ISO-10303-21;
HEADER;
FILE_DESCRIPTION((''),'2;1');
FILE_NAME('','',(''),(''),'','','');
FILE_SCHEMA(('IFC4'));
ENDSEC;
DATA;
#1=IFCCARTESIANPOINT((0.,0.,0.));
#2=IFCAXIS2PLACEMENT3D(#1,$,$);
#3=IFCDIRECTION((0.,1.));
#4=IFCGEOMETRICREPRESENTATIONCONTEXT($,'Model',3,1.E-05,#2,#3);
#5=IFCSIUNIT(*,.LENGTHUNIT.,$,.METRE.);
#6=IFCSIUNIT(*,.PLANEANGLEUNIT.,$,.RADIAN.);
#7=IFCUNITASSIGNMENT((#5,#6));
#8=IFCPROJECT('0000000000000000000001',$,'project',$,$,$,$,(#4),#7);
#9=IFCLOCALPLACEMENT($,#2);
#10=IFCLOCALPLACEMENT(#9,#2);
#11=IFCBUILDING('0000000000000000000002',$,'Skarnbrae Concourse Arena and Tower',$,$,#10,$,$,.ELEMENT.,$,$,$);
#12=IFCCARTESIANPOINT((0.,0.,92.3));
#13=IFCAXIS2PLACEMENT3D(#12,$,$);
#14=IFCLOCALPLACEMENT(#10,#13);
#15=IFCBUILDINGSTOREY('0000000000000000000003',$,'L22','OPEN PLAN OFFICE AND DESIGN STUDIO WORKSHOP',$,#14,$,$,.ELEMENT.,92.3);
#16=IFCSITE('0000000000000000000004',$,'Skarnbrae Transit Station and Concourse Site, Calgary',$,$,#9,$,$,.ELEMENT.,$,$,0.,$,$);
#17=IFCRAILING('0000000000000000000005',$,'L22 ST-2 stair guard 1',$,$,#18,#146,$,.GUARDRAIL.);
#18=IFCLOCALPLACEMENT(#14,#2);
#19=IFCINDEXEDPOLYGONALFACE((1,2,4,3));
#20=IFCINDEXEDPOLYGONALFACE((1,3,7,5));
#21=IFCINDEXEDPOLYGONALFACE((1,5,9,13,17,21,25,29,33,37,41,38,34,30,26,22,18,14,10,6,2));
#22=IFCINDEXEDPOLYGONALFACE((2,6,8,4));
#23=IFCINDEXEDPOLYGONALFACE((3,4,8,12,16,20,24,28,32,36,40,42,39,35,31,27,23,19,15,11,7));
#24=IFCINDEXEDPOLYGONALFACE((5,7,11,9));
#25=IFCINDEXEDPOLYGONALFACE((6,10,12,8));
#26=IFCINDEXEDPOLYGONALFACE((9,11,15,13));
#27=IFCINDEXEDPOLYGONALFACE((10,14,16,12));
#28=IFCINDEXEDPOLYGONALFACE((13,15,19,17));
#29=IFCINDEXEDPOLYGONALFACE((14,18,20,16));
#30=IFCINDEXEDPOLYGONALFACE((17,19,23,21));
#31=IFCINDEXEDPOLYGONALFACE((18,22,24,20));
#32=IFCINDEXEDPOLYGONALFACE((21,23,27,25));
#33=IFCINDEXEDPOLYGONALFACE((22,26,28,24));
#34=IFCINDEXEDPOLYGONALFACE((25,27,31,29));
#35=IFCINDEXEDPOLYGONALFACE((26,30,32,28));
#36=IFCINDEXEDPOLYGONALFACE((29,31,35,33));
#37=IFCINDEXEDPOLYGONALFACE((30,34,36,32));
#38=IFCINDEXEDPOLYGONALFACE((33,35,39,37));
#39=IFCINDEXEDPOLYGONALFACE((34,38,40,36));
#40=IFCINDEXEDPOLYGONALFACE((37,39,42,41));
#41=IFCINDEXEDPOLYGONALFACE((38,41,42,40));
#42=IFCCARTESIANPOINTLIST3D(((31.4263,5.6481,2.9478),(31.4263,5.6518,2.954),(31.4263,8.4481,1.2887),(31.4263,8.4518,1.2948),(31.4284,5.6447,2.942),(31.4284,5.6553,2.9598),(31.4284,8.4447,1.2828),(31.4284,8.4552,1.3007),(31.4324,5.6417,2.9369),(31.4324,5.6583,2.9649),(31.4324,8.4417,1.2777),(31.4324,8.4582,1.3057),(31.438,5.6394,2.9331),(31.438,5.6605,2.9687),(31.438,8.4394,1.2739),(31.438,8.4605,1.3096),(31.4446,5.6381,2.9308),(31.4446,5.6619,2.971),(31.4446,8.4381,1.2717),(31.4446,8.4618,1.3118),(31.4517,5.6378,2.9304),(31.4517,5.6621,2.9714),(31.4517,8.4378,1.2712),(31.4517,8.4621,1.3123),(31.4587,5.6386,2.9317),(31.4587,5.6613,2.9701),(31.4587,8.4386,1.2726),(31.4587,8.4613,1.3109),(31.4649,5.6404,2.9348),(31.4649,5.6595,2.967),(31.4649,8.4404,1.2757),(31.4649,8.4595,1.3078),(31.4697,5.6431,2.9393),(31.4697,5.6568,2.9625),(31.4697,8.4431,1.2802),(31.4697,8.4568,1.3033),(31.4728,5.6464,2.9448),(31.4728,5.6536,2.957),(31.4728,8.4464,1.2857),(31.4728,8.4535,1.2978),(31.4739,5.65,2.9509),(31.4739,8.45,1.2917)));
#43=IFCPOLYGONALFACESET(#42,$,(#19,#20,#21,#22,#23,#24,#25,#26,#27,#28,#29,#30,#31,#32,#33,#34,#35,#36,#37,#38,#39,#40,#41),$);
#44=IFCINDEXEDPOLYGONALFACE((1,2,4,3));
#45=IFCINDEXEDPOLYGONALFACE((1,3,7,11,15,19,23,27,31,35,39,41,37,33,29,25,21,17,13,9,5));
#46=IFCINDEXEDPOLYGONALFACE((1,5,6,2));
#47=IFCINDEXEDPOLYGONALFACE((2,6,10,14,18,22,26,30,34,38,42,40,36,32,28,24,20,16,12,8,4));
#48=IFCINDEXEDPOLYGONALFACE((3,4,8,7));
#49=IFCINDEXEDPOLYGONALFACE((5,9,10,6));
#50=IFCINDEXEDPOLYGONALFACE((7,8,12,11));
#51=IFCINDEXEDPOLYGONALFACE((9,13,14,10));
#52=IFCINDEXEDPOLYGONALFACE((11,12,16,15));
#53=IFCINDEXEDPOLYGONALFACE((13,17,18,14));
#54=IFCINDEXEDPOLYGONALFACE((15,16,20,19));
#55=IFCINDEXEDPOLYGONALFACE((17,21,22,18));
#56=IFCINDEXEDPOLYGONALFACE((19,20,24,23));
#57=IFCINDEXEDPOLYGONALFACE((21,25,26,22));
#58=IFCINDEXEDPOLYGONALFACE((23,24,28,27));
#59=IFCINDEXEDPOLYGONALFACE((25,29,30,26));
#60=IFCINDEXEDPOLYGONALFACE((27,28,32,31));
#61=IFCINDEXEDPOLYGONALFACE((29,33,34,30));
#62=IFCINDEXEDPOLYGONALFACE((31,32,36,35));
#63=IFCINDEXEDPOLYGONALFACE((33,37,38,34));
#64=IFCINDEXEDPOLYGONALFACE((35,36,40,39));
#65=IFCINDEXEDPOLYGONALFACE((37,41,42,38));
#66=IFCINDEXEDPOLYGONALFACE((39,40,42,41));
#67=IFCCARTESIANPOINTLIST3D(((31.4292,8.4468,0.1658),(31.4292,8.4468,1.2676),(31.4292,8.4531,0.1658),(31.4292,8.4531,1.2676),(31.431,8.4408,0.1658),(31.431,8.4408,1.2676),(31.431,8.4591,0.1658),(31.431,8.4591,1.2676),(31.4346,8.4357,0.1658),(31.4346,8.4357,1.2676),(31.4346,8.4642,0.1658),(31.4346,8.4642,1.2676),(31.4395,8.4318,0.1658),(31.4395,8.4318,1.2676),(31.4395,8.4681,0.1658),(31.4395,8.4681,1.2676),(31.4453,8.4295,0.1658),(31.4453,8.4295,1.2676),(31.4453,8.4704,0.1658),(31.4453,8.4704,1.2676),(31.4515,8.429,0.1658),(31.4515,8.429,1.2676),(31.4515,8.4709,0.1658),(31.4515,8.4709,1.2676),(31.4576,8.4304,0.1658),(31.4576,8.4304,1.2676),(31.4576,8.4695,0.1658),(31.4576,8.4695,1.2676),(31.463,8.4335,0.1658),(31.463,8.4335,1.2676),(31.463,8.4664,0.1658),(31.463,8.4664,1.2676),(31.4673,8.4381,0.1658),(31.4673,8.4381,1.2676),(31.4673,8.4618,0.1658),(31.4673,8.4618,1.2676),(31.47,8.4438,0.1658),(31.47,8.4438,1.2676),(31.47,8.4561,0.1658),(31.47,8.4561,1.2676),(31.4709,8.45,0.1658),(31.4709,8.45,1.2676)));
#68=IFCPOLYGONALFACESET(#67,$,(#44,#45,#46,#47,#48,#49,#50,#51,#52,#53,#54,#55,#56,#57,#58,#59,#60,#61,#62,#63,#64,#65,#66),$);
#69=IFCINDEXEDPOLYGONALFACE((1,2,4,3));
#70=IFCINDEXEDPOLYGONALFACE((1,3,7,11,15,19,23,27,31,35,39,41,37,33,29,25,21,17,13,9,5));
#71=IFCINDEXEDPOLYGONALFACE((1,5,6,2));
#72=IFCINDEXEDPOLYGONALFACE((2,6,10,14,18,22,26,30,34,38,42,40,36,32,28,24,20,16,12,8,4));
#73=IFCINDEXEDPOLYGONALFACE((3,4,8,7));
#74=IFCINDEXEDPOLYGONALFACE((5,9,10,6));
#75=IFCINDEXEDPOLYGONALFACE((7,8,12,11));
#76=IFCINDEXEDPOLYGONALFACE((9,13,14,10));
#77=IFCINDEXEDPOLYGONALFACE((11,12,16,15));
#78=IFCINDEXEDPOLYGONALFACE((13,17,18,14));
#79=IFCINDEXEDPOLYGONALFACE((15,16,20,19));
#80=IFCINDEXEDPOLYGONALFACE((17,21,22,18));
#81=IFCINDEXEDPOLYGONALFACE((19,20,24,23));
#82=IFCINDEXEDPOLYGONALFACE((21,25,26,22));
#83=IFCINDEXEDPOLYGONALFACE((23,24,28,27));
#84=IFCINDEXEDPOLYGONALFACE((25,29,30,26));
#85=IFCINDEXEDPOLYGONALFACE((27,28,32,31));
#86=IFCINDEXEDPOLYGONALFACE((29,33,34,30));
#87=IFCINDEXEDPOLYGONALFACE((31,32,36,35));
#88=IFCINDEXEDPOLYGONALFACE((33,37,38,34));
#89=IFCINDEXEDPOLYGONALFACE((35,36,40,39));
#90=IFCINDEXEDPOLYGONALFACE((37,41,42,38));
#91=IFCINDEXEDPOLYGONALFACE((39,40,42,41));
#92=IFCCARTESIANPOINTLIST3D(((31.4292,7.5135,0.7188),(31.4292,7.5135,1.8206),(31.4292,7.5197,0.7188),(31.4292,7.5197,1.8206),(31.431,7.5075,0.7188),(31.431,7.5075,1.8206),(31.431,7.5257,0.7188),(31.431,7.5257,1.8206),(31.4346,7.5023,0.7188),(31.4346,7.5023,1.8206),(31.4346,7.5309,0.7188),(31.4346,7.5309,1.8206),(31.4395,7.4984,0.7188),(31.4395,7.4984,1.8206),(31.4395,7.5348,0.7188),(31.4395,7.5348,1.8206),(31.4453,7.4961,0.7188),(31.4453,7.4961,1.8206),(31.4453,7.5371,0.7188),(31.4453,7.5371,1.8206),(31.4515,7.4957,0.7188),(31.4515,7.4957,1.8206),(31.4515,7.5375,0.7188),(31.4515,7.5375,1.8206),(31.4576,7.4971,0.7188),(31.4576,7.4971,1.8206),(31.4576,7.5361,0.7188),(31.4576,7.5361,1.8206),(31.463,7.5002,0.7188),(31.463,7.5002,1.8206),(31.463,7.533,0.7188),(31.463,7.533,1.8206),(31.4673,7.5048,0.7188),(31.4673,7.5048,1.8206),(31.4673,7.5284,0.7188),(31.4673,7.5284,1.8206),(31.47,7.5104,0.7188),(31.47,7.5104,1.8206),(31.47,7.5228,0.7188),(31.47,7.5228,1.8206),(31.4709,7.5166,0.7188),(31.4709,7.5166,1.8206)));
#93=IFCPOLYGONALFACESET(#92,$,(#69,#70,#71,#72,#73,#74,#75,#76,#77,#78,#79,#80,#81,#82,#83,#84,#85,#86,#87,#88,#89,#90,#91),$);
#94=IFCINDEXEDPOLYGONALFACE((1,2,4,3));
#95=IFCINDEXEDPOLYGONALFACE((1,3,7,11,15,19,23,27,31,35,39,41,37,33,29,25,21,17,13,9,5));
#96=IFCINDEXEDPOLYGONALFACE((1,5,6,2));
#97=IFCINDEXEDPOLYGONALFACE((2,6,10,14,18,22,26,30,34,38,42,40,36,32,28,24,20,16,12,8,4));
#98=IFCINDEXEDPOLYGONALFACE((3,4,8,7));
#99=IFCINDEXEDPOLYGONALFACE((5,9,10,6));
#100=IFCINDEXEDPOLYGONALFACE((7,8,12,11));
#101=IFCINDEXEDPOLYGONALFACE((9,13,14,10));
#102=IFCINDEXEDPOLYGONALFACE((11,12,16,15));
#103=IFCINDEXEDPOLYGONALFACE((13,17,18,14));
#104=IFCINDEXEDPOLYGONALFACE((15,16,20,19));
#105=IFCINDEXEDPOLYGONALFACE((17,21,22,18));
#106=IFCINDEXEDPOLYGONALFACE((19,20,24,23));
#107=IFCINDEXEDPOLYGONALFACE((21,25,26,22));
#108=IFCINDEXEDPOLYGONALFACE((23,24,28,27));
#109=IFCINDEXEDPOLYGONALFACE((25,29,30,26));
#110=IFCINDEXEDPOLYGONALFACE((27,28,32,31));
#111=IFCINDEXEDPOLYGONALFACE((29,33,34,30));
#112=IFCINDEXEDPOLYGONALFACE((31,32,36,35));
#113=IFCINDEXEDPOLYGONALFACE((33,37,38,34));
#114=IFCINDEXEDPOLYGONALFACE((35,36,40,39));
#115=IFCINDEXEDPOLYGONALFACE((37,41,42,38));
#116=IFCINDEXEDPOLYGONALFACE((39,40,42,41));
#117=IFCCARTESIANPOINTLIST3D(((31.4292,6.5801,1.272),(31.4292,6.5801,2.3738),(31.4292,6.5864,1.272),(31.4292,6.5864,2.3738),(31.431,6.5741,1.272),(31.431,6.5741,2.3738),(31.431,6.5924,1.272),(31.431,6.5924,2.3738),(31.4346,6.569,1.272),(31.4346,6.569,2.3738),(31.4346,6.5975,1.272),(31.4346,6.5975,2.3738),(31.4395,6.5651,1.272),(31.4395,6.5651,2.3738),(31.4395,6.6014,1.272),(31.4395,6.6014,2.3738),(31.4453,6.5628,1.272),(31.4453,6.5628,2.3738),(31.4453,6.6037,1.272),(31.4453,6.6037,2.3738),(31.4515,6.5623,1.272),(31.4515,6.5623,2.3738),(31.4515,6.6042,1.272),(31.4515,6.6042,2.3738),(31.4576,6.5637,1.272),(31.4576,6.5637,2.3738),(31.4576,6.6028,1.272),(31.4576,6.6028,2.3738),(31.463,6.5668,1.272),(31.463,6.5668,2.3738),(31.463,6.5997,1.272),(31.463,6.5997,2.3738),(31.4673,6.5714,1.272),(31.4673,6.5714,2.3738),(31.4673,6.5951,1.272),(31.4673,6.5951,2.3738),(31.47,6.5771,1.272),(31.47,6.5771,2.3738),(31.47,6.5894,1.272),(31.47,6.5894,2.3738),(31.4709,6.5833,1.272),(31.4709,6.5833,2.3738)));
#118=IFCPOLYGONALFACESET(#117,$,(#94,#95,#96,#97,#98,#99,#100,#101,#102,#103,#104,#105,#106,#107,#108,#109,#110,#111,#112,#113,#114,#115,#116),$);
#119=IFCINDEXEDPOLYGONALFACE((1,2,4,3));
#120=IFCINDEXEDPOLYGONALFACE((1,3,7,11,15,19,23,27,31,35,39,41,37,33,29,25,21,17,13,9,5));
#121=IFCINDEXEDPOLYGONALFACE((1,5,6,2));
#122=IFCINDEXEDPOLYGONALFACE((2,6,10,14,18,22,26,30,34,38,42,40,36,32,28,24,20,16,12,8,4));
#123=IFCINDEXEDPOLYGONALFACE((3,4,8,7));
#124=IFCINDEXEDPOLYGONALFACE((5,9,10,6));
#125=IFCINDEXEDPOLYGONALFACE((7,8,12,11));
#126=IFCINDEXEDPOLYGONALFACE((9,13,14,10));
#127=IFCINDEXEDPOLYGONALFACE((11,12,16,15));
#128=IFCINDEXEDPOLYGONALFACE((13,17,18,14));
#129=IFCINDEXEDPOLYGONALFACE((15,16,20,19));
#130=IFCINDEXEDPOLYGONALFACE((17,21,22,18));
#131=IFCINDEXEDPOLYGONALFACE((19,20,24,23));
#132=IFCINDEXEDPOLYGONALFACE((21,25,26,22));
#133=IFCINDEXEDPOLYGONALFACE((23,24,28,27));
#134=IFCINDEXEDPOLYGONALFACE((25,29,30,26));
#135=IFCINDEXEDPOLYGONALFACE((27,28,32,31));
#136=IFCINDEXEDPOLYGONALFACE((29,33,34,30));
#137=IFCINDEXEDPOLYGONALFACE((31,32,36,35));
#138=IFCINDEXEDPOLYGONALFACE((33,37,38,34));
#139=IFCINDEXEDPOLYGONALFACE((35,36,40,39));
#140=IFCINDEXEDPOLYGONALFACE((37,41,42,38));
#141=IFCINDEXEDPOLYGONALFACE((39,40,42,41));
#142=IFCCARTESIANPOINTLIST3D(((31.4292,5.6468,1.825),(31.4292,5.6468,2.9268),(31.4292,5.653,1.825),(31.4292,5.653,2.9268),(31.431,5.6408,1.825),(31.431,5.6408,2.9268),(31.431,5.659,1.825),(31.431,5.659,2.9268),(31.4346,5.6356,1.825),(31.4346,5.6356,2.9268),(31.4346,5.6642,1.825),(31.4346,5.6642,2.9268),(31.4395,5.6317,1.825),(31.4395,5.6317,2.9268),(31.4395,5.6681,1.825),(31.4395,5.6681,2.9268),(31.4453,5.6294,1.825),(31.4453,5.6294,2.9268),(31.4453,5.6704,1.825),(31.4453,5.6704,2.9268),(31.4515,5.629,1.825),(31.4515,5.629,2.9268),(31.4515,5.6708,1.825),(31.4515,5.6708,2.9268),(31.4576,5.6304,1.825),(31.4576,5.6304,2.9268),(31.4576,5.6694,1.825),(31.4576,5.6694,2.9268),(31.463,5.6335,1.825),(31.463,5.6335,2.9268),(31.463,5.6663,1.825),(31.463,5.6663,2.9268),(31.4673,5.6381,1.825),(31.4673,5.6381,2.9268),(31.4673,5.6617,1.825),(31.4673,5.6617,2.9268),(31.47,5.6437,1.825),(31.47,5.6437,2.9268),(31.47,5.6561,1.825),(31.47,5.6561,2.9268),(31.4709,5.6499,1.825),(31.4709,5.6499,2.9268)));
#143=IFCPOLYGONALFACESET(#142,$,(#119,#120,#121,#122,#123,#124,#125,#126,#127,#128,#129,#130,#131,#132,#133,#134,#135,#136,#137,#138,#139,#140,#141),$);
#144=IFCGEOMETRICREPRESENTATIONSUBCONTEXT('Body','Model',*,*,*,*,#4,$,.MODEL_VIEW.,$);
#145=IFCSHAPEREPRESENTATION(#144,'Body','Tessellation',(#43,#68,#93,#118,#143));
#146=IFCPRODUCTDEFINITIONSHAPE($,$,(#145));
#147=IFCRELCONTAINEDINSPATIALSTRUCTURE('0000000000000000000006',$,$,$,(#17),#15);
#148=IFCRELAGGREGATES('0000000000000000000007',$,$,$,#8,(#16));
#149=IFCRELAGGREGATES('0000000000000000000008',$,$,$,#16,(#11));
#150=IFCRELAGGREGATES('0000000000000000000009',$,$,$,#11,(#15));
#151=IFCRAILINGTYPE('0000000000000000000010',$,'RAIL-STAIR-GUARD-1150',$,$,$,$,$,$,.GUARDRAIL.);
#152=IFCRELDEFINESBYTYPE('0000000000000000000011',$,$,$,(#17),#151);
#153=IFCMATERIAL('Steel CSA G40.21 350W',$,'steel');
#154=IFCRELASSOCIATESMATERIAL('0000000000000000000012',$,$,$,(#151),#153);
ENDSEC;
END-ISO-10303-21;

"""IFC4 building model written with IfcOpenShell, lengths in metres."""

from ifc_helpers import new_model, si_unit, direction, frame, origin, origin_2d, place, context, subcontext, project, spatial, circle, extrude, material, type_object, element, save


model = new_model("IFC4")

# Units and contexts
model_context = context("Model", 3, precision=1e-05, world=origin(), true_north=direction((0.0, 1.0)))
body_context = subcontext(model_context, "Body", "Model", "MODEL_VIEW")
ifc_project = project(units=[si_unit("LENGTHUNIT", "METRE"), si_unit("PLANEANGLEUNIT", "RADIAN")], contexts=[model_context])

# Site, building, storey
site_placement = place(None, origin())
site = spatial("IfcSite", under=ifc_project, at=site_placement, Name="Skarnbrae Transit Station and Concourse Site, Calgary", CompositionType="ELEMENT", RefElevation=0.0)
building_placement = place(site_placement, origin())
building = spatial("IfcBuilding", under=site, at=building_placement, Name="Skarnbrae Concourse Arena and Tower", CompositionType="ELEMENT")
storey_placement = place(building_placement, frame((0.0, 0.0, 92.3)))
storey = spatial("IfcBuildingStorey", under=building, at=storey_placement, Name="L22", Description="OPEN PLAN OFFICE AND DESIGN STUDIO WORKSHOP", CompositionType="ELEMENT", Elevation=92.3)

# Shared definitions
ifc_material_1 = material(Name="Steel CSA G40.21 350W", Category="steel")

# Railing
railing_type_1 = type_object("IfcRailingType", Name="RAIL-STAIR-GUARD-1150", PredefinedType="GUARDRAIL", material=ifc_material_1)
railing_1_placement = place(storey_placement, frame((31.45, 8.45, 0.1658)))
element("IfcRailing", 1, at=railing_1_placement, inside=storey, type_object=railing_type_1, Name="L22 ST-2 stair guard 1", PredefinedType="GUARDRAIL", context=body_context, shape_type="SweptSolid", body=[
    extrude(circle(Radius=0.0239, at=origin_2d()), frame((0.0, 0.0, 1.126), z_axis=(0.0, -0.860306, 0.509778), x_axis=(1.0, 0.0, 0.0)), (0.0, 0.0, 1.0), 3.2546),
    extrude(circle(Radius=0.021, at=origin_2d()), origin(), (0.0, 0.0, 1.0), 1.1018),
    extrude(circle(Radius=0.021, at=origin_2d()), frame((0.0, -0.9333, 0.553)), (0.0, 0.0, 1.0), 1.1018),
    extrude(circle(Radius=0.021, at=origin_2d()), frame((0.0, -1.8667, 1.1062)), (0.0, 0.0, 1.0), 1.1018),
    extrude(circle(Radius=0.021, at=origin_2d()), frame((0.0, -2.8, 1.6592)), (0.0, 0.0, 1.0), 1.1018),
])

save(model, "model.ifc")
